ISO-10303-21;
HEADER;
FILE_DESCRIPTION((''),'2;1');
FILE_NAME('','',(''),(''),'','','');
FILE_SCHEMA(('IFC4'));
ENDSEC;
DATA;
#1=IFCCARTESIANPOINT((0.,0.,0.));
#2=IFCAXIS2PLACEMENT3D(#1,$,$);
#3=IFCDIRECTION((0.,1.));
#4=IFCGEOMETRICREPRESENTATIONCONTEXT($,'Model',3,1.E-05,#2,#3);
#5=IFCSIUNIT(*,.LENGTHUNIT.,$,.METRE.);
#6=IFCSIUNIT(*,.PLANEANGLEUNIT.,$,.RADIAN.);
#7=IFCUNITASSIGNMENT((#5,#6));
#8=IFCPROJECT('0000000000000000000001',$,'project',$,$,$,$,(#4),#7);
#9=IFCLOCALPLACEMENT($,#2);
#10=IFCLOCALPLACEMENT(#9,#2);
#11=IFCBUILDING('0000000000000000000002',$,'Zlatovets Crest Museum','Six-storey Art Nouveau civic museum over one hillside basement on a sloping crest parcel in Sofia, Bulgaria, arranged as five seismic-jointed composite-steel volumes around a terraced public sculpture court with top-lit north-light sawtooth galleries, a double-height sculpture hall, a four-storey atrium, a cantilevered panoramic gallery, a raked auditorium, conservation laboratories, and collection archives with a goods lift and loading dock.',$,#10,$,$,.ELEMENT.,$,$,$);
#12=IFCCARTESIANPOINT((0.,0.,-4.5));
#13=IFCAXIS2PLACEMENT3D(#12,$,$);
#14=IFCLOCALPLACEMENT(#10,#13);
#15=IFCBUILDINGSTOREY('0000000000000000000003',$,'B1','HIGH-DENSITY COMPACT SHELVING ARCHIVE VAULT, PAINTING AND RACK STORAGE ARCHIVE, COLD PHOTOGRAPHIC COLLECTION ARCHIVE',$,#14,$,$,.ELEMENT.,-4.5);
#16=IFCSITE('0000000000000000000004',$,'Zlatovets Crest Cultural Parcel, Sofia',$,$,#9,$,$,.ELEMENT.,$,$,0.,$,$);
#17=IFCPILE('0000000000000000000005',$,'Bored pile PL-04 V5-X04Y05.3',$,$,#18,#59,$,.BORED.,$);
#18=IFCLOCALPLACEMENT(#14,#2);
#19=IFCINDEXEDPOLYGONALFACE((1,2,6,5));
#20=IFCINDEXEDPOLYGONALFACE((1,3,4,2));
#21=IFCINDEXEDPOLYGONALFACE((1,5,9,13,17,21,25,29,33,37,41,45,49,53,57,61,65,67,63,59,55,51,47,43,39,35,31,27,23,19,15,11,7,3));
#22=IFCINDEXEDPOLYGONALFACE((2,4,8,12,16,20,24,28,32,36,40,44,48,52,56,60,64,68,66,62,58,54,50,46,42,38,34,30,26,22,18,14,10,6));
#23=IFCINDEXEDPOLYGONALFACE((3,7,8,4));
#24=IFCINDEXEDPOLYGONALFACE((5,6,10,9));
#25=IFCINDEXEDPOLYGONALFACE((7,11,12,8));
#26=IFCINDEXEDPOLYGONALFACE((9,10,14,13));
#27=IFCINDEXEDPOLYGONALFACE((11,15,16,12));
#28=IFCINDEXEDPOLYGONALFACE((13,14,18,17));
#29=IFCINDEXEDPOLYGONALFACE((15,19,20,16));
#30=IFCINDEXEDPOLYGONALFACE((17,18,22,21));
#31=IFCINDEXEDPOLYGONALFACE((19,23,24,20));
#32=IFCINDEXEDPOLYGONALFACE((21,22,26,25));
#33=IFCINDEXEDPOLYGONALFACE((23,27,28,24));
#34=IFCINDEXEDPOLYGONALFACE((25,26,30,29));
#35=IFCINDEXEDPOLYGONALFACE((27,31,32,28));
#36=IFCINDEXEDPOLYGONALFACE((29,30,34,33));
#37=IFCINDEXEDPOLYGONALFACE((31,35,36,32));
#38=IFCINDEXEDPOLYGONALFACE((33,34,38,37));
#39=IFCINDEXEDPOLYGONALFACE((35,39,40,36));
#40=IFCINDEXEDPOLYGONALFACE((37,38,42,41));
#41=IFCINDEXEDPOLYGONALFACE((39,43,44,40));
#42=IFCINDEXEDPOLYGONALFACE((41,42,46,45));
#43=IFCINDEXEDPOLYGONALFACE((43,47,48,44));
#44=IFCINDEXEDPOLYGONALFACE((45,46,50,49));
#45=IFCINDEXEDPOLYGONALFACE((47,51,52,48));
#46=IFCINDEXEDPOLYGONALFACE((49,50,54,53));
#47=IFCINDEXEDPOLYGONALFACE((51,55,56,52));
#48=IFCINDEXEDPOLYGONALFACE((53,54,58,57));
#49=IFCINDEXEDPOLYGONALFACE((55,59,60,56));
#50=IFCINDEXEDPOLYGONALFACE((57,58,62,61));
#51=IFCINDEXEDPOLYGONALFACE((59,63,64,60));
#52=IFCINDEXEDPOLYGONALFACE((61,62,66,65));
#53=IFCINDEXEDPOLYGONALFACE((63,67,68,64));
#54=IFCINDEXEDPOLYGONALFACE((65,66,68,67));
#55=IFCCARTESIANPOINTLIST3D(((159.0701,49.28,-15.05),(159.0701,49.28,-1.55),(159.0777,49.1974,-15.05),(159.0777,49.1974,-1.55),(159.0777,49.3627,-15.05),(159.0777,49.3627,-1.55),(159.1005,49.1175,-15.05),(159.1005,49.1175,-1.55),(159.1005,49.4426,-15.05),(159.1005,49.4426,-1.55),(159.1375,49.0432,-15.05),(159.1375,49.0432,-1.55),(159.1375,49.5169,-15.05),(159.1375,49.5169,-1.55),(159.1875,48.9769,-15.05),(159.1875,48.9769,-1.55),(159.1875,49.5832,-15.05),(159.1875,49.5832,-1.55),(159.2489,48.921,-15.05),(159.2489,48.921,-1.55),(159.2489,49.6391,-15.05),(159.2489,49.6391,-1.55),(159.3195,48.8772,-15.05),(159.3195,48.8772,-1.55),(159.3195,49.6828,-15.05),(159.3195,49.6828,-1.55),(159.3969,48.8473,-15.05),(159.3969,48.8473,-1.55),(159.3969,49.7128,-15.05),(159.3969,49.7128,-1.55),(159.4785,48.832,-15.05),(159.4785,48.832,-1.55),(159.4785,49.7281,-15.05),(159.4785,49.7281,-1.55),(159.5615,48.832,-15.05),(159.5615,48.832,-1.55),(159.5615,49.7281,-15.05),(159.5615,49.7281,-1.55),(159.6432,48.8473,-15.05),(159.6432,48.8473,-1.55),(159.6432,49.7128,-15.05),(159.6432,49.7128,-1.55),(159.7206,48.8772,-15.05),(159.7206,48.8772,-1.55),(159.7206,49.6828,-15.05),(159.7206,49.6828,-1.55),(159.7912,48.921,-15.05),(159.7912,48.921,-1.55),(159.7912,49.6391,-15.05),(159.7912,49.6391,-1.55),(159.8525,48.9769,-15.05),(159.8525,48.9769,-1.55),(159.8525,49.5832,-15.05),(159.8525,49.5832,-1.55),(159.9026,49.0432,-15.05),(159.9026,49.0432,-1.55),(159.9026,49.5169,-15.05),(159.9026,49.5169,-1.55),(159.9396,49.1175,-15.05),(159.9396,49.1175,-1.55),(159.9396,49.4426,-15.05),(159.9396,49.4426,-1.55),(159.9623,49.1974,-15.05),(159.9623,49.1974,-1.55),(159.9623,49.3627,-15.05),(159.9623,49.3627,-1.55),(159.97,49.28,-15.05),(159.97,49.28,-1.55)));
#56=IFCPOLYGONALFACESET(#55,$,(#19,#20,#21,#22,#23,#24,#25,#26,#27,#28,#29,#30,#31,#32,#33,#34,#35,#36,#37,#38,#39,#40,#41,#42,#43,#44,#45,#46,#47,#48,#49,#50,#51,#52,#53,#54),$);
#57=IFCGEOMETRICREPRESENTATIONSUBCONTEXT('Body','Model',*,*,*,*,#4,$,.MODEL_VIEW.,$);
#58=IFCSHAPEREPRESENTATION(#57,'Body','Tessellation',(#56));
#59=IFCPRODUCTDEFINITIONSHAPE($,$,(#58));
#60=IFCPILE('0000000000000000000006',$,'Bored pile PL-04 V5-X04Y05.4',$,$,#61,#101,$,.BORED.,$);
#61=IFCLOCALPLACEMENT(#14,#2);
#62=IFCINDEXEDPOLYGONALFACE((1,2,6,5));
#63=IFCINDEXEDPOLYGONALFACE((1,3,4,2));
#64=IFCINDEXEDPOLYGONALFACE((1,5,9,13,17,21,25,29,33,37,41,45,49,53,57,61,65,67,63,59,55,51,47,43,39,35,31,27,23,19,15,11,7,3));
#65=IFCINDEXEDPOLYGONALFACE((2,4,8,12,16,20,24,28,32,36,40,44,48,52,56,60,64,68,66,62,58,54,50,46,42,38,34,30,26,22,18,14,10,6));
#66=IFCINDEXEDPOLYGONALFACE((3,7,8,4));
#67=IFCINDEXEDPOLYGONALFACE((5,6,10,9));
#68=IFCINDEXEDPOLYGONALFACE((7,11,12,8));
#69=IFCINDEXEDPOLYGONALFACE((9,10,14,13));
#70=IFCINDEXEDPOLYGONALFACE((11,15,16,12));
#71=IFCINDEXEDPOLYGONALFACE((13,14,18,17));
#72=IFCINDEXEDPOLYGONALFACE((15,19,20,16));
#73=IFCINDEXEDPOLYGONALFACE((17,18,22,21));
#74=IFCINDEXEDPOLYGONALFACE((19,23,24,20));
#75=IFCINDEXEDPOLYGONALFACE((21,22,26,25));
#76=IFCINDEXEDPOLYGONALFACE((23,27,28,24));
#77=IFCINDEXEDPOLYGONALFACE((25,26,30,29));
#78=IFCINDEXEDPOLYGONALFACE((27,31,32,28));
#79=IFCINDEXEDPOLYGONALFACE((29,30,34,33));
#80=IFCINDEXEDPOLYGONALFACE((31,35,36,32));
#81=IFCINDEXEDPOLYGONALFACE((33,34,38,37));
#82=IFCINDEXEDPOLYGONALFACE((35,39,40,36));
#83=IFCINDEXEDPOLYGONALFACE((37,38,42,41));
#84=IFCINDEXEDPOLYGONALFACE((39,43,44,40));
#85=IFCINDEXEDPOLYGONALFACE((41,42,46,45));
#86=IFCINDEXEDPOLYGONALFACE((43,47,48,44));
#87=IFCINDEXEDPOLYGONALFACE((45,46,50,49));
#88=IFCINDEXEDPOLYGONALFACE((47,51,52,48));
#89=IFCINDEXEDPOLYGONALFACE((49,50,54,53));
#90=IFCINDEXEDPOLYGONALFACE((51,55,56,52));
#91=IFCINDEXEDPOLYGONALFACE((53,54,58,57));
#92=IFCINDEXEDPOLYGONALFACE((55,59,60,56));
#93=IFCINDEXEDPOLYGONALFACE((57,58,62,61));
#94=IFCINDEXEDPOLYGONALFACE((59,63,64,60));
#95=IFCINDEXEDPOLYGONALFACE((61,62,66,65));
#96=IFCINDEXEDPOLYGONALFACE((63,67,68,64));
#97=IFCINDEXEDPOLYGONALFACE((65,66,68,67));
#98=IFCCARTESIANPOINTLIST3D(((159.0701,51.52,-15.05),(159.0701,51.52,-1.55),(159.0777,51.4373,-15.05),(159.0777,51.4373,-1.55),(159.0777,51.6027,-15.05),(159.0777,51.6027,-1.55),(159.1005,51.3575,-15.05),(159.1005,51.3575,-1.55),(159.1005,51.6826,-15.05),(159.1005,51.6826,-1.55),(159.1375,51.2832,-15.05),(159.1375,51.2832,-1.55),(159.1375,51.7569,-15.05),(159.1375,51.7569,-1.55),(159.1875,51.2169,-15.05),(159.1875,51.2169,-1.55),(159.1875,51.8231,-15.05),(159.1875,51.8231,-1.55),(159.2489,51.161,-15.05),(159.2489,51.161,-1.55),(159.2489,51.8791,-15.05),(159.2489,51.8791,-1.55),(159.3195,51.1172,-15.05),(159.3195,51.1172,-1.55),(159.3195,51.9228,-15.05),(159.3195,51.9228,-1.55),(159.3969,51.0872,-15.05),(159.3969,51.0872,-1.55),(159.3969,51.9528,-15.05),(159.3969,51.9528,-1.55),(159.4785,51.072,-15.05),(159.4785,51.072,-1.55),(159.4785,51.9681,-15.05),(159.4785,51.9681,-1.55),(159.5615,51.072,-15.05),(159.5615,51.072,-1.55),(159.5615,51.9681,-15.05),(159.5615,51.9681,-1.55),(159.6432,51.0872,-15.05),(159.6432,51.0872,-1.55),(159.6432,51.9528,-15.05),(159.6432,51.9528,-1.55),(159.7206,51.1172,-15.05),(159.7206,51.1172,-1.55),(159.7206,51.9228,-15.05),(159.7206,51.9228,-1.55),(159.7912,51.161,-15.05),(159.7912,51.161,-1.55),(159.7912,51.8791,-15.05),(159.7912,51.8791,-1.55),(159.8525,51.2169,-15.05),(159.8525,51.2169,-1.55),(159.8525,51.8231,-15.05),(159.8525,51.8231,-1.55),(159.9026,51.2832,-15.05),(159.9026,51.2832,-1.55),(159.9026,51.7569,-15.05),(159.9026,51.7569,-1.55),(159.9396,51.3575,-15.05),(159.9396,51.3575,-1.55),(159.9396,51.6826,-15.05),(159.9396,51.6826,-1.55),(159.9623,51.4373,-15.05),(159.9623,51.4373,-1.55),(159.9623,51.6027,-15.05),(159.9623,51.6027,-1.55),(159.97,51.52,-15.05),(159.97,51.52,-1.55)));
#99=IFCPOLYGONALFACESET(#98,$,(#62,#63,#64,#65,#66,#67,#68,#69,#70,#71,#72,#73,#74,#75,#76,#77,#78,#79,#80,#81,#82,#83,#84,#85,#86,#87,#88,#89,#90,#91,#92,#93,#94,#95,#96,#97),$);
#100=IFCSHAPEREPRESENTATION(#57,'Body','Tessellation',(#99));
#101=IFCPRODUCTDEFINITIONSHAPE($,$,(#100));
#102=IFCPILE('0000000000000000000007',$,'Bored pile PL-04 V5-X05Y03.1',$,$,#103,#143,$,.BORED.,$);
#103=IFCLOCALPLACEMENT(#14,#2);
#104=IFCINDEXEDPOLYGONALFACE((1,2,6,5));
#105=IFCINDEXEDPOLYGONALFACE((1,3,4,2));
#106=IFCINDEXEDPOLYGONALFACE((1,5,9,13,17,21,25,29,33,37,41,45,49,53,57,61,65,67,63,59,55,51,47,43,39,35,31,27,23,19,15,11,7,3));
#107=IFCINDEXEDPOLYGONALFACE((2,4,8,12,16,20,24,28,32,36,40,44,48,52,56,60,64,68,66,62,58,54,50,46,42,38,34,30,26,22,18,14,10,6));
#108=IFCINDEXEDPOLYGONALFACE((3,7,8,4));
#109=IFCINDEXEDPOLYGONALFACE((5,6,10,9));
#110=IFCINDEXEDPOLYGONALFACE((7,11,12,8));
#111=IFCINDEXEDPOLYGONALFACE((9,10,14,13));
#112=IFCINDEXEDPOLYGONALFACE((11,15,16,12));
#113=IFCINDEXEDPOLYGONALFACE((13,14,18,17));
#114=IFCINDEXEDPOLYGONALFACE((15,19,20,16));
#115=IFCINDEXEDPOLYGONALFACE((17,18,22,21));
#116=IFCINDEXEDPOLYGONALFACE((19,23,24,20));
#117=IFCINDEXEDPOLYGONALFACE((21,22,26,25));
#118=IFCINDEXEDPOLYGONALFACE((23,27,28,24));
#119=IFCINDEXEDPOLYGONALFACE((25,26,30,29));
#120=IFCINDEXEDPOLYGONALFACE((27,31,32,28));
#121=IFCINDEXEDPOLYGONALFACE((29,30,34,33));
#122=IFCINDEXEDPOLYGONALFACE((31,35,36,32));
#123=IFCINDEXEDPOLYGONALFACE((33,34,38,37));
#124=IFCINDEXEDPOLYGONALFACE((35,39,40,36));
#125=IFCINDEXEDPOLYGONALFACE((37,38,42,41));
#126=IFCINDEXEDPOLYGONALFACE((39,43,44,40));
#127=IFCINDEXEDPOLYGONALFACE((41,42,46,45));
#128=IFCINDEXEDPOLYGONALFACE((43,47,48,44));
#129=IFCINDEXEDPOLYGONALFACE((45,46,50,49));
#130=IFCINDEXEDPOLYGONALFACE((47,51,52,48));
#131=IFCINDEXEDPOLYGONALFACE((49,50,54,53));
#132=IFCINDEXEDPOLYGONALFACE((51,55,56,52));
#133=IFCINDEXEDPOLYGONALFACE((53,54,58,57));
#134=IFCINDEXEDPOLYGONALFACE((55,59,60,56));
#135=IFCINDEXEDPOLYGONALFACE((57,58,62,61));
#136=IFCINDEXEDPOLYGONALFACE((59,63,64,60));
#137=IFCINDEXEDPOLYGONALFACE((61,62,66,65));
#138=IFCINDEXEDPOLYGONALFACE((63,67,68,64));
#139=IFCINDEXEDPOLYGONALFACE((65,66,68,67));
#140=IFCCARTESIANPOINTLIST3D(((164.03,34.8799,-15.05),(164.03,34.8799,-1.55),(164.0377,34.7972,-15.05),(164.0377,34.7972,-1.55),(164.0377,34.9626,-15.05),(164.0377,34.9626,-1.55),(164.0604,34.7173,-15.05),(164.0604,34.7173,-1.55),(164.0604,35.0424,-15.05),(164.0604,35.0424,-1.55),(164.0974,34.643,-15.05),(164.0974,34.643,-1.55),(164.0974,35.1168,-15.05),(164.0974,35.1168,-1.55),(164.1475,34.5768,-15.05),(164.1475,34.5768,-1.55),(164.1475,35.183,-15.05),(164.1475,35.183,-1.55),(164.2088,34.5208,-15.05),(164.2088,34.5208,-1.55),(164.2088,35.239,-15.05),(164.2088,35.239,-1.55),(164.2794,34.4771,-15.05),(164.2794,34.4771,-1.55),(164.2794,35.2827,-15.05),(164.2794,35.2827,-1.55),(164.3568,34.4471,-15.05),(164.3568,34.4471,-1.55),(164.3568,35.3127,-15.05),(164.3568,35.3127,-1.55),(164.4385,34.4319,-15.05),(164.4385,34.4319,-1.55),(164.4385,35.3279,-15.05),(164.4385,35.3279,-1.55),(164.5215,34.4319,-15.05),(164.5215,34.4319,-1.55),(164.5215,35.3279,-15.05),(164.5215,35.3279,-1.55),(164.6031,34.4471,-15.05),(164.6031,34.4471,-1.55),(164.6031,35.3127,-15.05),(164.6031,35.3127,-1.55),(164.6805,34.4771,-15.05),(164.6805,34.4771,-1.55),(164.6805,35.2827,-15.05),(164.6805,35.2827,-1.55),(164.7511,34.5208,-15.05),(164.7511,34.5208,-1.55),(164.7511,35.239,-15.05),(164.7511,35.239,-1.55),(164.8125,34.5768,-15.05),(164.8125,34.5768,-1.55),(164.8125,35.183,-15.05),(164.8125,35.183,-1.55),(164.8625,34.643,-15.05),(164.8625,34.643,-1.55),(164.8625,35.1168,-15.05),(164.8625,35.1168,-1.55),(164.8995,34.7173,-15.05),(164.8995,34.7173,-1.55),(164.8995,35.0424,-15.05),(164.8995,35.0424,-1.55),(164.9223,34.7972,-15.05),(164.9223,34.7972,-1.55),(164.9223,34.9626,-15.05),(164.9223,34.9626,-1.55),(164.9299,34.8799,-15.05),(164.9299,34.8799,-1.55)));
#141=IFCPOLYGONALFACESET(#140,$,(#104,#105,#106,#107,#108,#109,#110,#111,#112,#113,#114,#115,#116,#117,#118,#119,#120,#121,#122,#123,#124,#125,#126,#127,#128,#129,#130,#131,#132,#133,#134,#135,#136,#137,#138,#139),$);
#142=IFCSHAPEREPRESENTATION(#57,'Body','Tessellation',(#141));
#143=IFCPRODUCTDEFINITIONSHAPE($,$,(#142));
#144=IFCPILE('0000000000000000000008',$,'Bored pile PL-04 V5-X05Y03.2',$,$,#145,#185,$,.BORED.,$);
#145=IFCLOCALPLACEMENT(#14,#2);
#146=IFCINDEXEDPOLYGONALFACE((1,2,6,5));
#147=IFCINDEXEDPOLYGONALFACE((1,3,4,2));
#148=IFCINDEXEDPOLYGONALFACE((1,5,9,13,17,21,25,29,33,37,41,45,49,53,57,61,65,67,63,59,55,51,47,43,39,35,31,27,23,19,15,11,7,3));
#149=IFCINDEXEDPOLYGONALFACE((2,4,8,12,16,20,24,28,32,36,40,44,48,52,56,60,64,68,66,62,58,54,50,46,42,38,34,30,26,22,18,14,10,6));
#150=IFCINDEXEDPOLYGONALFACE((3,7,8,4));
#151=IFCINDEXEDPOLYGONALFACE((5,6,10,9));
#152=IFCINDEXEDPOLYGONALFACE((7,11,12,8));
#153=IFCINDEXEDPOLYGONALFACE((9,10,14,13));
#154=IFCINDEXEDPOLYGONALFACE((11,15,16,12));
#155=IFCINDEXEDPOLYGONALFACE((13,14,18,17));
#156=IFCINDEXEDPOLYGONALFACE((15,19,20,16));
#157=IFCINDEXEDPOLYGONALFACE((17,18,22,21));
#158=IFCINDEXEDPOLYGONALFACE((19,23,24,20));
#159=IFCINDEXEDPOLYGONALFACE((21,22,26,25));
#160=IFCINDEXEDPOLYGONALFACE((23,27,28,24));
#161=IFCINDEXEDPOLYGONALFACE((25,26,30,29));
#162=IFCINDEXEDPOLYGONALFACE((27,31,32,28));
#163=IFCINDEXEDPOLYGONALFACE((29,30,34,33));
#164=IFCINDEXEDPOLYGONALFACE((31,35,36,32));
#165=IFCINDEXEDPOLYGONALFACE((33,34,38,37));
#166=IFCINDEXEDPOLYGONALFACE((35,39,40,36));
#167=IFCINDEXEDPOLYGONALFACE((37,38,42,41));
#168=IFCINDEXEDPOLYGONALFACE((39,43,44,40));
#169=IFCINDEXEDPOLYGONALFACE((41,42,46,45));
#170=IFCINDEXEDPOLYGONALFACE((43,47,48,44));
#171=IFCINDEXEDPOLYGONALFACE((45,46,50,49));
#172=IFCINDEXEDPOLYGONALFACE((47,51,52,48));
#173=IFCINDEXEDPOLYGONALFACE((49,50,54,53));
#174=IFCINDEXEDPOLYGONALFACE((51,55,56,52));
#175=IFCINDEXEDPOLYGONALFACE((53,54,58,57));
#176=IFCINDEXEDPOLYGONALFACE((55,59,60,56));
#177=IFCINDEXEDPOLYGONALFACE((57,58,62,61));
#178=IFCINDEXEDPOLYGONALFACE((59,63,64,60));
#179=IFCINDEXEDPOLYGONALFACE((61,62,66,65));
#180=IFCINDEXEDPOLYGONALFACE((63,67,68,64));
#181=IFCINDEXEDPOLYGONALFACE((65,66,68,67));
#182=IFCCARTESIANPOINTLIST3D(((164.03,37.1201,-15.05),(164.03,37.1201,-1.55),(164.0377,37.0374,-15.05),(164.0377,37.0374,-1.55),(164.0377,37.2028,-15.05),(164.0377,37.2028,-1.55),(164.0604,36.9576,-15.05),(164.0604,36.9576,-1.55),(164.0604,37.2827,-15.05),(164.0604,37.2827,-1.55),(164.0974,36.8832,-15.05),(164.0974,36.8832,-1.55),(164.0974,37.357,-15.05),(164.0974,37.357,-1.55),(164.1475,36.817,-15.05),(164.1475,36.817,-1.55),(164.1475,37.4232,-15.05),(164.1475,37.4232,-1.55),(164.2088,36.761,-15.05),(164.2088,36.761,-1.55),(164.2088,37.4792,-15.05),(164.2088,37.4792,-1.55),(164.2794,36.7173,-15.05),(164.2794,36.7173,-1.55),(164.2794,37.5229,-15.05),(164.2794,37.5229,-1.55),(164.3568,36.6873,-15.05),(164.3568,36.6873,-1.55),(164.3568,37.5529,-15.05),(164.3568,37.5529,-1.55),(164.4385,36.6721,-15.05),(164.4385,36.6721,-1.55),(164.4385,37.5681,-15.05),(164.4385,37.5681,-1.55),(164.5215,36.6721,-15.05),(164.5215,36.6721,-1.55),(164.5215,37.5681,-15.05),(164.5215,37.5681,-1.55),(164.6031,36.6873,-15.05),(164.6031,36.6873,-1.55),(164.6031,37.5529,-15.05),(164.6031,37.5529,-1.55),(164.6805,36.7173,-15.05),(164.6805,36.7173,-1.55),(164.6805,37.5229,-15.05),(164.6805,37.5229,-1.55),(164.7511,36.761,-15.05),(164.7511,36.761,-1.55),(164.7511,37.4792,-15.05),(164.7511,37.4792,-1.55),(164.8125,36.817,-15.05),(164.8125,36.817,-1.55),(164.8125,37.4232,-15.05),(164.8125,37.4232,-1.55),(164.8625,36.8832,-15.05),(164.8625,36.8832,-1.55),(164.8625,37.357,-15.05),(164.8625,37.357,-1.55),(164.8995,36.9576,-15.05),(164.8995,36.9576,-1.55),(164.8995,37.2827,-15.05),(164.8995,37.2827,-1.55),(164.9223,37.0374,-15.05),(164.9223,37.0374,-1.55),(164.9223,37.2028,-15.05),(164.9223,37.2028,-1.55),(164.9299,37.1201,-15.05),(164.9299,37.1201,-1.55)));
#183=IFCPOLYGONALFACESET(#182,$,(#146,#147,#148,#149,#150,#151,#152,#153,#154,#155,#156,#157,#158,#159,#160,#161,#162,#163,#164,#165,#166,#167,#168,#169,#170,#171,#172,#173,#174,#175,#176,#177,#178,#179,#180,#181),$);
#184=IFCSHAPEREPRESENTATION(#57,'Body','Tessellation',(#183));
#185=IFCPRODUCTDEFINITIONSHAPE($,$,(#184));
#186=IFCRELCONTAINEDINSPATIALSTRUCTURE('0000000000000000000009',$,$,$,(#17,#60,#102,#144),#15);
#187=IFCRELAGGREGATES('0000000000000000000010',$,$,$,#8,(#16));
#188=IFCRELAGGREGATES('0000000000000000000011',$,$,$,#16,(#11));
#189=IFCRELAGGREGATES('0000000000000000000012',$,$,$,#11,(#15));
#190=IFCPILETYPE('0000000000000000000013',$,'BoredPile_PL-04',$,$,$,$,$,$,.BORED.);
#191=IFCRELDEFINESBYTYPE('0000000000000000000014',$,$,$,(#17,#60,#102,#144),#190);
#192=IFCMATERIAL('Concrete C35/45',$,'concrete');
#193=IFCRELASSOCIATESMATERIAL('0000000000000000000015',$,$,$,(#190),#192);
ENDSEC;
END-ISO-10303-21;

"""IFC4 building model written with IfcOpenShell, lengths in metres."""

from ifc_helpers import new_model, si_unit, direction, frame, origin, origin_2d, place, context, subcontext, project, spatial, circle, extrude, material, material_profile, profile_set, type_object, element, save


model = new_model("IFC4")

# Units and contexts
model_context = context("Model", 3, precision=1e-05, world=origin(), true_north=direction((0.0, 1.0)))
body_context = subcontext(model_context, "Body", "Model", "MODEL_VIEW")
ifc_project = project(units=[si_unit("LENGTHUNIT", "METRE"), si_unit("PLANEANGLEUNIT", "RADIAN")], contexts=[model_context])

# Site, building, storey
site_placement = place(None, origin())
site = spatial("IfcSite", under=ifc_project, at=site_placement, Name="Zlatovets Crest Cultural Parcel, Sofia", CompositionType="ELEMENT", RefElevation=0.0)
building_placement = place(site_placement, origin())
building = spatial("IfcBuilding", under=site, at=building_placement, Name="Zlatovets Crest Museum", Description="Six-storey Art Nouveau civic museum over one hillside basement on a sloping crest parcel in Sofia, Bulgaria, arranged as five seismic-jointed composite-steel volumes around a terraced public sculpture court with top-lit north-light sawtooth galleries, a double-height sculpture hall, a four-storey atrium, a cantilevered panoramic gallery, a raked auditorium, conservation laboratories, and collection archives with a goods lift and loading dock.", CompositionType="ELEMENT")
storey_placement = place(building_placement, frame((0.0, 0.0, -4.5)))
storey = spatial("IfcBuildingStorey", under=building, at=storey_placement, Name="B1", Description="HIGH-DENSITY COMPACT SHELVING ARCHIVE VAULT, PAINTING AND RACK STORAGE ARCHIVE, COLD PHOTOGRAPHIC COLLECTION ARCHIVE", CompositionType="ELEMENT", Elevation=-4.5)

# Piles
ifc_material = material(Name="Concrete C35/45", Category="concrete")
ifc_material_profile_1 = material_profile(ifc_material, circle(Radius=0.45, at=origin_2d()), Name="PILE D900")
ifc_profile_set_1 = profile_set([ifc_material_profile_1], Name="Concrete C35/45")
pile_type = type_object("IfcPileType", Name="BoredPile_PL-04", PredefinedType="BORED", material=ifc_profile_set_1)
for number, where, z_axis, x_axis, name in (
    (1, (159.52, 49.28, -1.55), (0.0, 0.0, -1.0), (1.0, 0.0, 0.0), "Bored pile PL-04 V5-X04Y05.3"),
    (2, (159.52, 51.52, -1.55), (0.0, 0.0, -1.0), (1.0, 0.0, 0.0), "Bored pile PL-04 V5-X04Y05.4"),
    (3, (164.48, 34.8799, -1.55), (0.0, 0.0, -1.0), (1.0, 0.0, 0.0), "Bored pile PL-04 V5-X05Y03.1"),
    (4, (164.48, 37.1201, -1.55), (0.0, 0.0, -1.0), (1.0, 0.0, 0.0), "Bored pile PL-04 V5-X05Y03.2"),
):
    element("IfcPile", number, at=place(storey_placement, frame(where, z_axis=z_axis, x_axis=x_axis)), inside=storey, type_object=pile_type, Name=name, PredefinedType="BORED", context=body_context, shape_type="SweptSolid", body=[
        extrude(circle(Radius=0.45, at=origin_2d()), origin(), (0.0, 0.0, 1.0), 13.5),
    ])

save(model, "model.ifc")
